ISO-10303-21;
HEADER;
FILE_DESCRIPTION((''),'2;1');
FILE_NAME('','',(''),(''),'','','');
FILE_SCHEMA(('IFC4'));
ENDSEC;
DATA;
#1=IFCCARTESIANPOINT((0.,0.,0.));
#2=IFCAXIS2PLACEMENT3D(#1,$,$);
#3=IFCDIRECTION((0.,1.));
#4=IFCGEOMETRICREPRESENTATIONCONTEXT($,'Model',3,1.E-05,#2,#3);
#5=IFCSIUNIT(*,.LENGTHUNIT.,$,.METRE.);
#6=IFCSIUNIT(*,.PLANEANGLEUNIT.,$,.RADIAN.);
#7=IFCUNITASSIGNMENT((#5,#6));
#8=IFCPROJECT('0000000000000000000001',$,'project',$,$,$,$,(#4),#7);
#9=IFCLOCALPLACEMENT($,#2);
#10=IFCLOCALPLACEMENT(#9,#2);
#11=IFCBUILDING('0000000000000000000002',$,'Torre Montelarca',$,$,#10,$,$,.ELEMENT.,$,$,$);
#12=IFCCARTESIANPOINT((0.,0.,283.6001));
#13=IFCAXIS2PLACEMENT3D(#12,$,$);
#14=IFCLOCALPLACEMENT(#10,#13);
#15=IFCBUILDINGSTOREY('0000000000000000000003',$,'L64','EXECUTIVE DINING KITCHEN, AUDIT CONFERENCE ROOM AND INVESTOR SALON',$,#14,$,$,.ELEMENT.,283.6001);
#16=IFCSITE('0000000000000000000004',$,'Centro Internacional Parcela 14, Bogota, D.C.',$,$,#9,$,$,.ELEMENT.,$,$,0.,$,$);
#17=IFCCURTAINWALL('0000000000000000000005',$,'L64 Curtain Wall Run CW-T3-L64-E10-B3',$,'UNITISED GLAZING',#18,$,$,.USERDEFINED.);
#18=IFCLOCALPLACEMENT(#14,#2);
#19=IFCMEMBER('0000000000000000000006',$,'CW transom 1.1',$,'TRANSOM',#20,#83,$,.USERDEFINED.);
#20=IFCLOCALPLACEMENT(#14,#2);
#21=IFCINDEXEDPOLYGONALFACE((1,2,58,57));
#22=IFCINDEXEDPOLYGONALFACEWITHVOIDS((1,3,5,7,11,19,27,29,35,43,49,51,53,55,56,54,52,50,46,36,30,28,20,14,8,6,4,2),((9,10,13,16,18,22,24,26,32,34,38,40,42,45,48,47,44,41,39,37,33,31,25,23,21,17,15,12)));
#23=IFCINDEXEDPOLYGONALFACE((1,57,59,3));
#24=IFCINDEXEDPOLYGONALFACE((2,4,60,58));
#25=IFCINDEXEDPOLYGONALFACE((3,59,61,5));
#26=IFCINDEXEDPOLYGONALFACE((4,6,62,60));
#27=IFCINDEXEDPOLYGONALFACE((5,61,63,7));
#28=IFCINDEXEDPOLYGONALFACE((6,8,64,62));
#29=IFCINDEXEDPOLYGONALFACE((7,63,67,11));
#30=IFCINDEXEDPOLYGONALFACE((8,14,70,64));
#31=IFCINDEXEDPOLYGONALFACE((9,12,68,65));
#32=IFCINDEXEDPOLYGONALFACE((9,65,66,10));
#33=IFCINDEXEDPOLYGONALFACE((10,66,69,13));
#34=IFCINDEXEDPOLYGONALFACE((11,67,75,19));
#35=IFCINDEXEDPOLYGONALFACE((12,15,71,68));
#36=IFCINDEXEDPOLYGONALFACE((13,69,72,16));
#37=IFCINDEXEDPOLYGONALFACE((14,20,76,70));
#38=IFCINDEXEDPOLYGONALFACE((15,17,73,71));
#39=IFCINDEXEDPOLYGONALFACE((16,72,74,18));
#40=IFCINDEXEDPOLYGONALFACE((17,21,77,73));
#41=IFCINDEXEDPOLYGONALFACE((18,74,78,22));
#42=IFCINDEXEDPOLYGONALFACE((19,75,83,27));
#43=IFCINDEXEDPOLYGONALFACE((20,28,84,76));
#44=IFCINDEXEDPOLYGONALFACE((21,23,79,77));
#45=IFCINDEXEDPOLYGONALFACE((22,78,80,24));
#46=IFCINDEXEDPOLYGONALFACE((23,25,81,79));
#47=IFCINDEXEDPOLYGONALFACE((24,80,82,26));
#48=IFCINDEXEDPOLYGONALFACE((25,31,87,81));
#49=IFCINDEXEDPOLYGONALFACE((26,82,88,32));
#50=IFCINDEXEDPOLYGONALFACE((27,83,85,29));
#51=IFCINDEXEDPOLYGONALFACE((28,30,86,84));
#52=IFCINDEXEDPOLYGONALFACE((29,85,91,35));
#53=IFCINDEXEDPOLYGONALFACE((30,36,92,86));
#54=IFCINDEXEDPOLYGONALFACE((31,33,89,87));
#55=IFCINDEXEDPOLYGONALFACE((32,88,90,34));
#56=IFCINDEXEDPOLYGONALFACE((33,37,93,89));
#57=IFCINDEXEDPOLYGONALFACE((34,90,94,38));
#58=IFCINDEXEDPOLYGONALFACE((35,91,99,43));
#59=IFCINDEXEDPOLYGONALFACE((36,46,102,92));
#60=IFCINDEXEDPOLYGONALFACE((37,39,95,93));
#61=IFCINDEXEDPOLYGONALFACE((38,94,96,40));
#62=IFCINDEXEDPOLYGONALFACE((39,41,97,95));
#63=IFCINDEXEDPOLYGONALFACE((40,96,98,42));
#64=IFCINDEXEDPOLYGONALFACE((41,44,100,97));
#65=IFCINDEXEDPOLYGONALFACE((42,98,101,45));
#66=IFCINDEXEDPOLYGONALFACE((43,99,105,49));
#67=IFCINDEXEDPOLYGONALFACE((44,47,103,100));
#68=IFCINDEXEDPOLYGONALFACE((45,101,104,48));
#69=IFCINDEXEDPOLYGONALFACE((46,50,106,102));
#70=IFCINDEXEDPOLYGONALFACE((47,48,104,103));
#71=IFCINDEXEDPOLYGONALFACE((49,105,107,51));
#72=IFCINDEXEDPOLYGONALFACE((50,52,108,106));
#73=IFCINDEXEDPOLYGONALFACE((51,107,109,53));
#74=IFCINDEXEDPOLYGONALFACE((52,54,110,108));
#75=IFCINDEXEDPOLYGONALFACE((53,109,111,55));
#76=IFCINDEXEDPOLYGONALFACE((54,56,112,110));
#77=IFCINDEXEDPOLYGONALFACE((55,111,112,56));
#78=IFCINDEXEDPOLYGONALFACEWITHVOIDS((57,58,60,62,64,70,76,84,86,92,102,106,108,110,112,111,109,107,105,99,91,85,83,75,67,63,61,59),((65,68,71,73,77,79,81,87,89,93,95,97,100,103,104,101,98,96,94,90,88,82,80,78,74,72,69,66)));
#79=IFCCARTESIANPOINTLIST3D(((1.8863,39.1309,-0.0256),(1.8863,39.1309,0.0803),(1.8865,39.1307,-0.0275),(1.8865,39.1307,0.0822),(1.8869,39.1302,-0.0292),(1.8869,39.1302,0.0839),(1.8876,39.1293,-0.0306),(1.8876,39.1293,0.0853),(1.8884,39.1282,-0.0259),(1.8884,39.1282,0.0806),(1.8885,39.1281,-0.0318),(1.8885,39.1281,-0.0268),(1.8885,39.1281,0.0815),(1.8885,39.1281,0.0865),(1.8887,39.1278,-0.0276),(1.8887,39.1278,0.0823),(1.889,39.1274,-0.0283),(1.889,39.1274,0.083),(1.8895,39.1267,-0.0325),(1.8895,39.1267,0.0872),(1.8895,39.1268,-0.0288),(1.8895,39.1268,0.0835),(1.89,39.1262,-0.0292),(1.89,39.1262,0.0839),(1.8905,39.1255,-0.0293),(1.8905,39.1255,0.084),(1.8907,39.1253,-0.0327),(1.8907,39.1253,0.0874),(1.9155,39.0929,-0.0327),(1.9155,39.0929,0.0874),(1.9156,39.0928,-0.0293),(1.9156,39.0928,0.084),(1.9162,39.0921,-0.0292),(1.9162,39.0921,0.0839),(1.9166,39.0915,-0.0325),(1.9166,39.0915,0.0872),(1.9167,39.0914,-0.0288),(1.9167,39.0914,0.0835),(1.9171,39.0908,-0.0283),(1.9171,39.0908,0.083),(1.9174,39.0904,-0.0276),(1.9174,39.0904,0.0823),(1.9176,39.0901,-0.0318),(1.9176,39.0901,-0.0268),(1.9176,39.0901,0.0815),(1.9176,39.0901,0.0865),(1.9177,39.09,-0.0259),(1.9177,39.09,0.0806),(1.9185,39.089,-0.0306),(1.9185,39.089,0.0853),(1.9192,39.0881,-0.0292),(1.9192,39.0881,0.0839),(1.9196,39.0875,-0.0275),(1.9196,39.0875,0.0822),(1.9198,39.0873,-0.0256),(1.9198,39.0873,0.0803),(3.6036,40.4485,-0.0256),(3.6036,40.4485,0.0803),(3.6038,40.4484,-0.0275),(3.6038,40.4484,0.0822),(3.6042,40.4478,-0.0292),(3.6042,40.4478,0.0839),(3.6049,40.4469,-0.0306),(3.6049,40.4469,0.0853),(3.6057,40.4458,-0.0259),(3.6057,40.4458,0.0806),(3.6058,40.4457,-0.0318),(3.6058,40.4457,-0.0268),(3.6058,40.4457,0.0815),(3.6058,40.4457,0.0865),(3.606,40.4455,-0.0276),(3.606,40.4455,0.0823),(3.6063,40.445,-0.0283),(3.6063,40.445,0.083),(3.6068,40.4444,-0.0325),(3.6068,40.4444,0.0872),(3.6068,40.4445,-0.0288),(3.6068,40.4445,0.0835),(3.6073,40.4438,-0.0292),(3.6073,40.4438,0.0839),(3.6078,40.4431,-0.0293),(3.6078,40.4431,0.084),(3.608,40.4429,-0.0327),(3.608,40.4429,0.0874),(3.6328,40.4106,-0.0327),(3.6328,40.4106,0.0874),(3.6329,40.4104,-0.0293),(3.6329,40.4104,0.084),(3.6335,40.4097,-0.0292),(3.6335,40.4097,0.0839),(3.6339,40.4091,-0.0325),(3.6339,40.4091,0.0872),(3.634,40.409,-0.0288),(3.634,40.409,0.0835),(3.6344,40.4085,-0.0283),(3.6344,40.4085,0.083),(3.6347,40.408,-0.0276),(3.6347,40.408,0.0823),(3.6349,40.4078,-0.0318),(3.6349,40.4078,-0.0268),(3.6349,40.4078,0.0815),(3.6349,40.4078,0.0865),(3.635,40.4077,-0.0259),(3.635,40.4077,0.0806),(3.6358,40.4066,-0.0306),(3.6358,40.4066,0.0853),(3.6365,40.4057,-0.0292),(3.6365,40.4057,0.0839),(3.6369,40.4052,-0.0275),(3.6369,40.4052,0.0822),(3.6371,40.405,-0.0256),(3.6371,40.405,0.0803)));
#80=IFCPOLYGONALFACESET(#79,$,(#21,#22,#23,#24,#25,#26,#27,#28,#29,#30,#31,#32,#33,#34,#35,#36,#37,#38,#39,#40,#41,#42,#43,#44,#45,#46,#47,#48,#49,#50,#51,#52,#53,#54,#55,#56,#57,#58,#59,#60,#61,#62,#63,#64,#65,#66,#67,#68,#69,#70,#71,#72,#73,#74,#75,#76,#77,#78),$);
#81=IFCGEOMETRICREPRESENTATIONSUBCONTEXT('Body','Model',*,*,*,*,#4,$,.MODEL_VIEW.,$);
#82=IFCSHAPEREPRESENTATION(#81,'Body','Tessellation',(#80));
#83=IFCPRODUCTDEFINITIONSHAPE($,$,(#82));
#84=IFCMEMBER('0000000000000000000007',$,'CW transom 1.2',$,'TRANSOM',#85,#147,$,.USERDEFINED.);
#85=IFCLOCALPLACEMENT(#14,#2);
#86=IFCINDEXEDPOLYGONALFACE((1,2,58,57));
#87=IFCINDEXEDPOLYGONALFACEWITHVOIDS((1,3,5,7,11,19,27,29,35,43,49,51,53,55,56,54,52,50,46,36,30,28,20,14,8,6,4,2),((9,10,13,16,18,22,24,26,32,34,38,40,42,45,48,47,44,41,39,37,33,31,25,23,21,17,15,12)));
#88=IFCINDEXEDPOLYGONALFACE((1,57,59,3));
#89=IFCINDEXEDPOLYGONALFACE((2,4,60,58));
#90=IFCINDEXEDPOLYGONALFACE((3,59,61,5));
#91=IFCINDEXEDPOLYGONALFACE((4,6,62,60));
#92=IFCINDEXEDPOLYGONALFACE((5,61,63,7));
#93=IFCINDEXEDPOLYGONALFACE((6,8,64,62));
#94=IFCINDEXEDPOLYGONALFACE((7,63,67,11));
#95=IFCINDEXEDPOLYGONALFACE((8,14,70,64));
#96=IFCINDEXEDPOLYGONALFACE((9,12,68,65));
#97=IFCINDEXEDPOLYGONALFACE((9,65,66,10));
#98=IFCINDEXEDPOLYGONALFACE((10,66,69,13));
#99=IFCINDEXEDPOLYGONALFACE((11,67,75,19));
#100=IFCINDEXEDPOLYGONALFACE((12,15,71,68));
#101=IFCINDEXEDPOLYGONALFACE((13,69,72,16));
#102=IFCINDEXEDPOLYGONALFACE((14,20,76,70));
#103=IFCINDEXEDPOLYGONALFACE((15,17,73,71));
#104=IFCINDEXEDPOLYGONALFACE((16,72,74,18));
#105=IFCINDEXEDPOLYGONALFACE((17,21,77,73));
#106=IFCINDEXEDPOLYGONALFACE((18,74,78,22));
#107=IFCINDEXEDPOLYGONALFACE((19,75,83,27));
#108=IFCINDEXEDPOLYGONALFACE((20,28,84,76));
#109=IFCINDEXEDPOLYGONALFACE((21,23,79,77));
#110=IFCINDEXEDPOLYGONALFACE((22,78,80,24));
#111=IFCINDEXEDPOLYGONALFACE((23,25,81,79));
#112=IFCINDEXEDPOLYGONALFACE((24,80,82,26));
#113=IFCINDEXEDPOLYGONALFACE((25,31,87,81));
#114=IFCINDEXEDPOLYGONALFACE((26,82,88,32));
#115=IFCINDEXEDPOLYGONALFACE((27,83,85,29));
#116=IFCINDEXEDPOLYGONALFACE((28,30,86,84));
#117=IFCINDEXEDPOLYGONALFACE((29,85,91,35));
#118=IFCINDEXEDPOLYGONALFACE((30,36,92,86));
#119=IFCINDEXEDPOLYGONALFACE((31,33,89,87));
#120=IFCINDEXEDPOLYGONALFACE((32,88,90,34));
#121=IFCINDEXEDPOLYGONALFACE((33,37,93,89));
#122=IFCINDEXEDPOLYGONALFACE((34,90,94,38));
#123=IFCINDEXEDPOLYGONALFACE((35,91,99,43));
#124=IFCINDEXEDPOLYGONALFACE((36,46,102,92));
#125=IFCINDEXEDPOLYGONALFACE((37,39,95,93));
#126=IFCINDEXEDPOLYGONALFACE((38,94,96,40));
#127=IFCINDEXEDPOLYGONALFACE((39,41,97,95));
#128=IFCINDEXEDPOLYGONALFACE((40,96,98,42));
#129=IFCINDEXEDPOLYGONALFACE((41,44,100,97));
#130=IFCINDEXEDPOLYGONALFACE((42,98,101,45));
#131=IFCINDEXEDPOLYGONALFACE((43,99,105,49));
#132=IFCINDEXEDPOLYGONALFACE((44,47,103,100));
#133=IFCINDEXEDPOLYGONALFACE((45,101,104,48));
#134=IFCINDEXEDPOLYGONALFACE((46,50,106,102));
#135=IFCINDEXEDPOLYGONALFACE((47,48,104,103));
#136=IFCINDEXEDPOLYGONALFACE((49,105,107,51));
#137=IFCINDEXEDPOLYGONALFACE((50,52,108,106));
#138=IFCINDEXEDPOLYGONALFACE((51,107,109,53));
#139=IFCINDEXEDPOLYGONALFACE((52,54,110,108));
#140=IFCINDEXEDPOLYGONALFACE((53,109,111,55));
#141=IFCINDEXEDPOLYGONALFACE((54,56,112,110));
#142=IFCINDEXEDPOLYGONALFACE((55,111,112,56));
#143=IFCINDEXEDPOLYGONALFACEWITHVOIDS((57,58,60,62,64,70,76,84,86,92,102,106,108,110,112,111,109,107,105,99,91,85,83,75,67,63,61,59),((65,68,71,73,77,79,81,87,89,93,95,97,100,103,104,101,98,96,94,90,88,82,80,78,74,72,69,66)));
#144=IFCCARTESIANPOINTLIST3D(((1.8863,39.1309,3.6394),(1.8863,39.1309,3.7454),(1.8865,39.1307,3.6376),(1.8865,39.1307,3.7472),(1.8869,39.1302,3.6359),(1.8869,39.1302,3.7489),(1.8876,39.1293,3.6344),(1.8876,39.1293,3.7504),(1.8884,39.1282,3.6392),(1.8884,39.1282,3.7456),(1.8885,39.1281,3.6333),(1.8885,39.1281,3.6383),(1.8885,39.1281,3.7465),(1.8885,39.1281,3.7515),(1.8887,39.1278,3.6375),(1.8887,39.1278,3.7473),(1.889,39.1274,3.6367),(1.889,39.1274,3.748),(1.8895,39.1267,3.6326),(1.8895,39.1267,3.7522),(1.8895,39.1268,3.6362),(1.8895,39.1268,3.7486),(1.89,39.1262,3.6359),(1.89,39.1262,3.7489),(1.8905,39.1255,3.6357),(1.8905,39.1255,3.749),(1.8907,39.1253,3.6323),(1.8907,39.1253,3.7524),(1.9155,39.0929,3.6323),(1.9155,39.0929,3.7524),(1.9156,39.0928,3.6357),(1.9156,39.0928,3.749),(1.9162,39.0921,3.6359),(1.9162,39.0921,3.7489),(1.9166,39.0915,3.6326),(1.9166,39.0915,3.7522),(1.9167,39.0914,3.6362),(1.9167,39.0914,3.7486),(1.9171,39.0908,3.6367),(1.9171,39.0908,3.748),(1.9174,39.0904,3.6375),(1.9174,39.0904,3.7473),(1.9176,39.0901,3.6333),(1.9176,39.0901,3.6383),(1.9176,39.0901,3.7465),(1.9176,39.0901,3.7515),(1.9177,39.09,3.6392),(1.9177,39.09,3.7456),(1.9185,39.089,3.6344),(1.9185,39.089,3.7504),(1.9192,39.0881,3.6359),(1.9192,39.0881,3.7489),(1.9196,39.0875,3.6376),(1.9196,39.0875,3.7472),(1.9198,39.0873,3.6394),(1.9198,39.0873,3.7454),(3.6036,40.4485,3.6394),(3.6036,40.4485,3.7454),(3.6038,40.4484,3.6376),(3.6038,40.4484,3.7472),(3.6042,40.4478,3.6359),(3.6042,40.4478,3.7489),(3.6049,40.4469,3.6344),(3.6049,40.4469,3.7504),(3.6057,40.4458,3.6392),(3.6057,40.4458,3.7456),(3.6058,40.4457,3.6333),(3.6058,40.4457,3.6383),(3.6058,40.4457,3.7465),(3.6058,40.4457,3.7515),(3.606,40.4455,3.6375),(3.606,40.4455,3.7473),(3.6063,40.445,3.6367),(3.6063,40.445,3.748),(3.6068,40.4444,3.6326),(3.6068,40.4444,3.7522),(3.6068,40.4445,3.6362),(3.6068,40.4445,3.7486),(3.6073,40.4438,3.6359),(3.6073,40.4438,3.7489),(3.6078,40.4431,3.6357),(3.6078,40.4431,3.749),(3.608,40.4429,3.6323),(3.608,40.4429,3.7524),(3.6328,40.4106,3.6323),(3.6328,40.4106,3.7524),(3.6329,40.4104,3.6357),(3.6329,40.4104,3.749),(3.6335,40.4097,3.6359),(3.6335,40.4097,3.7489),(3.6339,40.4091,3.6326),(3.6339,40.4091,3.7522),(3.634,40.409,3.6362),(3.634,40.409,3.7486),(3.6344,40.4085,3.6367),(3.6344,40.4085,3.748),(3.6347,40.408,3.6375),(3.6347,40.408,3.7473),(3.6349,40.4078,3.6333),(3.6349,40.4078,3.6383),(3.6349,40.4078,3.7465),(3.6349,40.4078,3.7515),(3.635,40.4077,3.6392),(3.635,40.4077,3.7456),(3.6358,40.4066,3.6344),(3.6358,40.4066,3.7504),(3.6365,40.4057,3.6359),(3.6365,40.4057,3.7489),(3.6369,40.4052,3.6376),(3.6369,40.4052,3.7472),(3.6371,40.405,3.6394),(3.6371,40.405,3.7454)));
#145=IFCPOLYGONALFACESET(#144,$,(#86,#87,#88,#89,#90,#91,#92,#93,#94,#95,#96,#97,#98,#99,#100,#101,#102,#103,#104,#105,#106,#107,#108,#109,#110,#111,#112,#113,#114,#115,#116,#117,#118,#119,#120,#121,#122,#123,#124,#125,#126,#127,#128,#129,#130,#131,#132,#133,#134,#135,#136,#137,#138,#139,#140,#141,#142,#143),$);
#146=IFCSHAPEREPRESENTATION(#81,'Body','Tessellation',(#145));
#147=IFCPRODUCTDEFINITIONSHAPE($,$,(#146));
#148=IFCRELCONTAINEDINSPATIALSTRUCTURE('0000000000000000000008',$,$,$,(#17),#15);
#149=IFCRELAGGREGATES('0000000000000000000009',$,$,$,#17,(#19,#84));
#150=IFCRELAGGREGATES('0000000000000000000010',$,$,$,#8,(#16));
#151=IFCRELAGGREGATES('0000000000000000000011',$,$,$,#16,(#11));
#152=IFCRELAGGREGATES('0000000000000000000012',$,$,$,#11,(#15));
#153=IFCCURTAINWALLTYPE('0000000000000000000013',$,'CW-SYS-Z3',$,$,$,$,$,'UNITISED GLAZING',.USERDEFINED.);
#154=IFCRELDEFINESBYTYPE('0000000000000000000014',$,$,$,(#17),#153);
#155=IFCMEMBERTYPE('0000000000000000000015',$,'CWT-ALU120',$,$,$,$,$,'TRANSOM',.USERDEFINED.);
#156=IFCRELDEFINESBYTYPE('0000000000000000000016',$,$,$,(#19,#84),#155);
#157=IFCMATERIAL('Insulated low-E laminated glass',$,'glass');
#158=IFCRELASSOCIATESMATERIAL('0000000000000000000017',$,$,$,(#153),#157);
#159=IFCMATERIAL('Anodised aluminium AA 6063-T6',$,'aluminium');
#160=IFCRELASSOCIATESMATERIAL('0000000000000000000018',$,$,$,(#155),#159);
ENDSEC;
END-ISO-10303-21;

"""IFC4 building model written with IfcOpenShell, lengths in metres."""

from ifc_helpers import new_model, si_unit, direction, frame, origin, origin_2d, place, context, subcontext, project, spatial, hollow_rectangle, extrude, source, transform, mapped, material, material_profile, profile_set, type_object, element, aggregate, save


model = new_model("IFC4")

# Units and contexts
model_context = context("Model", 3, precision=1e-05, world=origin(), true_north=direction((0.0, 1.0)))
body_context = subcontext(model_context, "Body", "Model", "MODEL_VIEW")
ifc_project = project(units=[si_unit("LENGTHUNIT", "METRE"), si_unit("PLANEANGLEUNIT", "RADIAN")], contexts=[model_context])

# Site, building, storey
site_placement = place(None, origin())
site = spatial("IfcSite", under=ifc_project, at=site_placement, Name="Centro Internacional Parcela 14, Bogota, D.C.", CompositionType="ELEMENT", RefElevation=0.0)
building_placement = place(site_placement, origin())
building = spatial("IfcBuilding", under=site, at=building_placement, Name="Torre Montelarca", CompositionType="ELEMENT")
storey_placement = place(building_placement, frame((0.0, 0.0, 283.6001)))
storey = spatial("IfcBuildingStorey", under=building, at=storey_placement, Name="L64", Description="EXECUTIVE DINING KITCHEN, AUDIT CONFERENCE ROOM AND INVESTOR SALON", CompositionType="ELEMENT", Elevation=283.6001)

# Curtain wall
ifc_material_1 = material(Name="Insulated low-E laminated glass", Category="glass")
curtain_wall_type = type_object("IfcCurtainWallType", Name="CW-SYS-Z3", ElementType="UNITISED GLAZING", PredefinedType="USERDEFINED", material=ifc_material_1)
ifc_material_2 = material(Name="Anodised aluminium AA 6063-T6", Category="aluminium")
curtain_wall_1_placement = place(storey_placement, origin())
curtain_wall_1 = element("IfcCurtainWall", 1, at=curtain_wall_1_placement, inside=storey, type_object=curtain_wall_type, Name="L64 Curtain Wall Run CW-T3-L64-E10-B3", ObjectType="UNITISED GLAZING", PredefinedType="USERDEFINED")

# Members
ifc_material_profile_1 = material_profile(ifc_material_2, hollow_rectangle(XDim=0.0549, YDim=0.1201, WallThickness=0.0034, InnerFilletRadius=0.0034, OuterFilletRadius=0.0071, at=origin_2d()), Name="ALU55X120X3.5", Category="aluminium")
ifc_profile_set_1 = profile_set([ifc_material_profile_1], Name="Anodised aluminium AA 6063-T6")
member_type_1 = type_object("IfcMemberType", Name="CWT-ALU120", ElementType="TRANSOM", PredefinedType="USERDEFINED", material=ifc_profile_set_1)
shared_shape_1 = source(origin(), body_context, "Body", "SweptSolid", [
    extrude(hollow_rectangle(XDim=0.0549, YDim=0.1201, WallThickness=0.0034, InnerFilletRadius=0.0034, OuterFilletRadius=0.0071, at=origin_2d()), origin(), (0.0, 0.0, 1.0), 2.1646),
])
member_1_placement = place(storey_placement, frame((3.6204, 40.4268, 0.0273), z_axis=(-0.793374, -0.608735, 0.0), x_axis=(0.608735, -0.793374, 0.0)))
member_1 = element("IfcMember", 2, at=member_1_placement, type_object=member_type_1, Name="CW transom 1.1", ObjectType="TRANSOM", PredefinedType="USERDEFINED", context=body_context, shape_type="MappedRepresentation", body=[
    mapped(shared_shape_1, transform((0.0, 0.0, 0.0), scale=1.0)),
])
member_2_placement = place(storey_placement, frame((3.6204, 40.4268, 3.6924), z_axis=(-0.793374, -0.608735, 0.0), x_axis=(0.608735, -0.793374, 0.0)))
member_2 = element("IfcMember", 3, at=member_2_placement, type_object=member_type_1, Name="CW transom 1.2", ObjectType="TRANSOM", PredefinedType="USERDEFINED", context=body_context, shape_type="MappedRepresentation", body=[
    mapped(shared_shape_1, transform((0.0, 0.0, 0.0), scale=1.0)),
])

aggregate(curtain_wall_1, [member_1, member_2])

save(model, "model.ifc")
